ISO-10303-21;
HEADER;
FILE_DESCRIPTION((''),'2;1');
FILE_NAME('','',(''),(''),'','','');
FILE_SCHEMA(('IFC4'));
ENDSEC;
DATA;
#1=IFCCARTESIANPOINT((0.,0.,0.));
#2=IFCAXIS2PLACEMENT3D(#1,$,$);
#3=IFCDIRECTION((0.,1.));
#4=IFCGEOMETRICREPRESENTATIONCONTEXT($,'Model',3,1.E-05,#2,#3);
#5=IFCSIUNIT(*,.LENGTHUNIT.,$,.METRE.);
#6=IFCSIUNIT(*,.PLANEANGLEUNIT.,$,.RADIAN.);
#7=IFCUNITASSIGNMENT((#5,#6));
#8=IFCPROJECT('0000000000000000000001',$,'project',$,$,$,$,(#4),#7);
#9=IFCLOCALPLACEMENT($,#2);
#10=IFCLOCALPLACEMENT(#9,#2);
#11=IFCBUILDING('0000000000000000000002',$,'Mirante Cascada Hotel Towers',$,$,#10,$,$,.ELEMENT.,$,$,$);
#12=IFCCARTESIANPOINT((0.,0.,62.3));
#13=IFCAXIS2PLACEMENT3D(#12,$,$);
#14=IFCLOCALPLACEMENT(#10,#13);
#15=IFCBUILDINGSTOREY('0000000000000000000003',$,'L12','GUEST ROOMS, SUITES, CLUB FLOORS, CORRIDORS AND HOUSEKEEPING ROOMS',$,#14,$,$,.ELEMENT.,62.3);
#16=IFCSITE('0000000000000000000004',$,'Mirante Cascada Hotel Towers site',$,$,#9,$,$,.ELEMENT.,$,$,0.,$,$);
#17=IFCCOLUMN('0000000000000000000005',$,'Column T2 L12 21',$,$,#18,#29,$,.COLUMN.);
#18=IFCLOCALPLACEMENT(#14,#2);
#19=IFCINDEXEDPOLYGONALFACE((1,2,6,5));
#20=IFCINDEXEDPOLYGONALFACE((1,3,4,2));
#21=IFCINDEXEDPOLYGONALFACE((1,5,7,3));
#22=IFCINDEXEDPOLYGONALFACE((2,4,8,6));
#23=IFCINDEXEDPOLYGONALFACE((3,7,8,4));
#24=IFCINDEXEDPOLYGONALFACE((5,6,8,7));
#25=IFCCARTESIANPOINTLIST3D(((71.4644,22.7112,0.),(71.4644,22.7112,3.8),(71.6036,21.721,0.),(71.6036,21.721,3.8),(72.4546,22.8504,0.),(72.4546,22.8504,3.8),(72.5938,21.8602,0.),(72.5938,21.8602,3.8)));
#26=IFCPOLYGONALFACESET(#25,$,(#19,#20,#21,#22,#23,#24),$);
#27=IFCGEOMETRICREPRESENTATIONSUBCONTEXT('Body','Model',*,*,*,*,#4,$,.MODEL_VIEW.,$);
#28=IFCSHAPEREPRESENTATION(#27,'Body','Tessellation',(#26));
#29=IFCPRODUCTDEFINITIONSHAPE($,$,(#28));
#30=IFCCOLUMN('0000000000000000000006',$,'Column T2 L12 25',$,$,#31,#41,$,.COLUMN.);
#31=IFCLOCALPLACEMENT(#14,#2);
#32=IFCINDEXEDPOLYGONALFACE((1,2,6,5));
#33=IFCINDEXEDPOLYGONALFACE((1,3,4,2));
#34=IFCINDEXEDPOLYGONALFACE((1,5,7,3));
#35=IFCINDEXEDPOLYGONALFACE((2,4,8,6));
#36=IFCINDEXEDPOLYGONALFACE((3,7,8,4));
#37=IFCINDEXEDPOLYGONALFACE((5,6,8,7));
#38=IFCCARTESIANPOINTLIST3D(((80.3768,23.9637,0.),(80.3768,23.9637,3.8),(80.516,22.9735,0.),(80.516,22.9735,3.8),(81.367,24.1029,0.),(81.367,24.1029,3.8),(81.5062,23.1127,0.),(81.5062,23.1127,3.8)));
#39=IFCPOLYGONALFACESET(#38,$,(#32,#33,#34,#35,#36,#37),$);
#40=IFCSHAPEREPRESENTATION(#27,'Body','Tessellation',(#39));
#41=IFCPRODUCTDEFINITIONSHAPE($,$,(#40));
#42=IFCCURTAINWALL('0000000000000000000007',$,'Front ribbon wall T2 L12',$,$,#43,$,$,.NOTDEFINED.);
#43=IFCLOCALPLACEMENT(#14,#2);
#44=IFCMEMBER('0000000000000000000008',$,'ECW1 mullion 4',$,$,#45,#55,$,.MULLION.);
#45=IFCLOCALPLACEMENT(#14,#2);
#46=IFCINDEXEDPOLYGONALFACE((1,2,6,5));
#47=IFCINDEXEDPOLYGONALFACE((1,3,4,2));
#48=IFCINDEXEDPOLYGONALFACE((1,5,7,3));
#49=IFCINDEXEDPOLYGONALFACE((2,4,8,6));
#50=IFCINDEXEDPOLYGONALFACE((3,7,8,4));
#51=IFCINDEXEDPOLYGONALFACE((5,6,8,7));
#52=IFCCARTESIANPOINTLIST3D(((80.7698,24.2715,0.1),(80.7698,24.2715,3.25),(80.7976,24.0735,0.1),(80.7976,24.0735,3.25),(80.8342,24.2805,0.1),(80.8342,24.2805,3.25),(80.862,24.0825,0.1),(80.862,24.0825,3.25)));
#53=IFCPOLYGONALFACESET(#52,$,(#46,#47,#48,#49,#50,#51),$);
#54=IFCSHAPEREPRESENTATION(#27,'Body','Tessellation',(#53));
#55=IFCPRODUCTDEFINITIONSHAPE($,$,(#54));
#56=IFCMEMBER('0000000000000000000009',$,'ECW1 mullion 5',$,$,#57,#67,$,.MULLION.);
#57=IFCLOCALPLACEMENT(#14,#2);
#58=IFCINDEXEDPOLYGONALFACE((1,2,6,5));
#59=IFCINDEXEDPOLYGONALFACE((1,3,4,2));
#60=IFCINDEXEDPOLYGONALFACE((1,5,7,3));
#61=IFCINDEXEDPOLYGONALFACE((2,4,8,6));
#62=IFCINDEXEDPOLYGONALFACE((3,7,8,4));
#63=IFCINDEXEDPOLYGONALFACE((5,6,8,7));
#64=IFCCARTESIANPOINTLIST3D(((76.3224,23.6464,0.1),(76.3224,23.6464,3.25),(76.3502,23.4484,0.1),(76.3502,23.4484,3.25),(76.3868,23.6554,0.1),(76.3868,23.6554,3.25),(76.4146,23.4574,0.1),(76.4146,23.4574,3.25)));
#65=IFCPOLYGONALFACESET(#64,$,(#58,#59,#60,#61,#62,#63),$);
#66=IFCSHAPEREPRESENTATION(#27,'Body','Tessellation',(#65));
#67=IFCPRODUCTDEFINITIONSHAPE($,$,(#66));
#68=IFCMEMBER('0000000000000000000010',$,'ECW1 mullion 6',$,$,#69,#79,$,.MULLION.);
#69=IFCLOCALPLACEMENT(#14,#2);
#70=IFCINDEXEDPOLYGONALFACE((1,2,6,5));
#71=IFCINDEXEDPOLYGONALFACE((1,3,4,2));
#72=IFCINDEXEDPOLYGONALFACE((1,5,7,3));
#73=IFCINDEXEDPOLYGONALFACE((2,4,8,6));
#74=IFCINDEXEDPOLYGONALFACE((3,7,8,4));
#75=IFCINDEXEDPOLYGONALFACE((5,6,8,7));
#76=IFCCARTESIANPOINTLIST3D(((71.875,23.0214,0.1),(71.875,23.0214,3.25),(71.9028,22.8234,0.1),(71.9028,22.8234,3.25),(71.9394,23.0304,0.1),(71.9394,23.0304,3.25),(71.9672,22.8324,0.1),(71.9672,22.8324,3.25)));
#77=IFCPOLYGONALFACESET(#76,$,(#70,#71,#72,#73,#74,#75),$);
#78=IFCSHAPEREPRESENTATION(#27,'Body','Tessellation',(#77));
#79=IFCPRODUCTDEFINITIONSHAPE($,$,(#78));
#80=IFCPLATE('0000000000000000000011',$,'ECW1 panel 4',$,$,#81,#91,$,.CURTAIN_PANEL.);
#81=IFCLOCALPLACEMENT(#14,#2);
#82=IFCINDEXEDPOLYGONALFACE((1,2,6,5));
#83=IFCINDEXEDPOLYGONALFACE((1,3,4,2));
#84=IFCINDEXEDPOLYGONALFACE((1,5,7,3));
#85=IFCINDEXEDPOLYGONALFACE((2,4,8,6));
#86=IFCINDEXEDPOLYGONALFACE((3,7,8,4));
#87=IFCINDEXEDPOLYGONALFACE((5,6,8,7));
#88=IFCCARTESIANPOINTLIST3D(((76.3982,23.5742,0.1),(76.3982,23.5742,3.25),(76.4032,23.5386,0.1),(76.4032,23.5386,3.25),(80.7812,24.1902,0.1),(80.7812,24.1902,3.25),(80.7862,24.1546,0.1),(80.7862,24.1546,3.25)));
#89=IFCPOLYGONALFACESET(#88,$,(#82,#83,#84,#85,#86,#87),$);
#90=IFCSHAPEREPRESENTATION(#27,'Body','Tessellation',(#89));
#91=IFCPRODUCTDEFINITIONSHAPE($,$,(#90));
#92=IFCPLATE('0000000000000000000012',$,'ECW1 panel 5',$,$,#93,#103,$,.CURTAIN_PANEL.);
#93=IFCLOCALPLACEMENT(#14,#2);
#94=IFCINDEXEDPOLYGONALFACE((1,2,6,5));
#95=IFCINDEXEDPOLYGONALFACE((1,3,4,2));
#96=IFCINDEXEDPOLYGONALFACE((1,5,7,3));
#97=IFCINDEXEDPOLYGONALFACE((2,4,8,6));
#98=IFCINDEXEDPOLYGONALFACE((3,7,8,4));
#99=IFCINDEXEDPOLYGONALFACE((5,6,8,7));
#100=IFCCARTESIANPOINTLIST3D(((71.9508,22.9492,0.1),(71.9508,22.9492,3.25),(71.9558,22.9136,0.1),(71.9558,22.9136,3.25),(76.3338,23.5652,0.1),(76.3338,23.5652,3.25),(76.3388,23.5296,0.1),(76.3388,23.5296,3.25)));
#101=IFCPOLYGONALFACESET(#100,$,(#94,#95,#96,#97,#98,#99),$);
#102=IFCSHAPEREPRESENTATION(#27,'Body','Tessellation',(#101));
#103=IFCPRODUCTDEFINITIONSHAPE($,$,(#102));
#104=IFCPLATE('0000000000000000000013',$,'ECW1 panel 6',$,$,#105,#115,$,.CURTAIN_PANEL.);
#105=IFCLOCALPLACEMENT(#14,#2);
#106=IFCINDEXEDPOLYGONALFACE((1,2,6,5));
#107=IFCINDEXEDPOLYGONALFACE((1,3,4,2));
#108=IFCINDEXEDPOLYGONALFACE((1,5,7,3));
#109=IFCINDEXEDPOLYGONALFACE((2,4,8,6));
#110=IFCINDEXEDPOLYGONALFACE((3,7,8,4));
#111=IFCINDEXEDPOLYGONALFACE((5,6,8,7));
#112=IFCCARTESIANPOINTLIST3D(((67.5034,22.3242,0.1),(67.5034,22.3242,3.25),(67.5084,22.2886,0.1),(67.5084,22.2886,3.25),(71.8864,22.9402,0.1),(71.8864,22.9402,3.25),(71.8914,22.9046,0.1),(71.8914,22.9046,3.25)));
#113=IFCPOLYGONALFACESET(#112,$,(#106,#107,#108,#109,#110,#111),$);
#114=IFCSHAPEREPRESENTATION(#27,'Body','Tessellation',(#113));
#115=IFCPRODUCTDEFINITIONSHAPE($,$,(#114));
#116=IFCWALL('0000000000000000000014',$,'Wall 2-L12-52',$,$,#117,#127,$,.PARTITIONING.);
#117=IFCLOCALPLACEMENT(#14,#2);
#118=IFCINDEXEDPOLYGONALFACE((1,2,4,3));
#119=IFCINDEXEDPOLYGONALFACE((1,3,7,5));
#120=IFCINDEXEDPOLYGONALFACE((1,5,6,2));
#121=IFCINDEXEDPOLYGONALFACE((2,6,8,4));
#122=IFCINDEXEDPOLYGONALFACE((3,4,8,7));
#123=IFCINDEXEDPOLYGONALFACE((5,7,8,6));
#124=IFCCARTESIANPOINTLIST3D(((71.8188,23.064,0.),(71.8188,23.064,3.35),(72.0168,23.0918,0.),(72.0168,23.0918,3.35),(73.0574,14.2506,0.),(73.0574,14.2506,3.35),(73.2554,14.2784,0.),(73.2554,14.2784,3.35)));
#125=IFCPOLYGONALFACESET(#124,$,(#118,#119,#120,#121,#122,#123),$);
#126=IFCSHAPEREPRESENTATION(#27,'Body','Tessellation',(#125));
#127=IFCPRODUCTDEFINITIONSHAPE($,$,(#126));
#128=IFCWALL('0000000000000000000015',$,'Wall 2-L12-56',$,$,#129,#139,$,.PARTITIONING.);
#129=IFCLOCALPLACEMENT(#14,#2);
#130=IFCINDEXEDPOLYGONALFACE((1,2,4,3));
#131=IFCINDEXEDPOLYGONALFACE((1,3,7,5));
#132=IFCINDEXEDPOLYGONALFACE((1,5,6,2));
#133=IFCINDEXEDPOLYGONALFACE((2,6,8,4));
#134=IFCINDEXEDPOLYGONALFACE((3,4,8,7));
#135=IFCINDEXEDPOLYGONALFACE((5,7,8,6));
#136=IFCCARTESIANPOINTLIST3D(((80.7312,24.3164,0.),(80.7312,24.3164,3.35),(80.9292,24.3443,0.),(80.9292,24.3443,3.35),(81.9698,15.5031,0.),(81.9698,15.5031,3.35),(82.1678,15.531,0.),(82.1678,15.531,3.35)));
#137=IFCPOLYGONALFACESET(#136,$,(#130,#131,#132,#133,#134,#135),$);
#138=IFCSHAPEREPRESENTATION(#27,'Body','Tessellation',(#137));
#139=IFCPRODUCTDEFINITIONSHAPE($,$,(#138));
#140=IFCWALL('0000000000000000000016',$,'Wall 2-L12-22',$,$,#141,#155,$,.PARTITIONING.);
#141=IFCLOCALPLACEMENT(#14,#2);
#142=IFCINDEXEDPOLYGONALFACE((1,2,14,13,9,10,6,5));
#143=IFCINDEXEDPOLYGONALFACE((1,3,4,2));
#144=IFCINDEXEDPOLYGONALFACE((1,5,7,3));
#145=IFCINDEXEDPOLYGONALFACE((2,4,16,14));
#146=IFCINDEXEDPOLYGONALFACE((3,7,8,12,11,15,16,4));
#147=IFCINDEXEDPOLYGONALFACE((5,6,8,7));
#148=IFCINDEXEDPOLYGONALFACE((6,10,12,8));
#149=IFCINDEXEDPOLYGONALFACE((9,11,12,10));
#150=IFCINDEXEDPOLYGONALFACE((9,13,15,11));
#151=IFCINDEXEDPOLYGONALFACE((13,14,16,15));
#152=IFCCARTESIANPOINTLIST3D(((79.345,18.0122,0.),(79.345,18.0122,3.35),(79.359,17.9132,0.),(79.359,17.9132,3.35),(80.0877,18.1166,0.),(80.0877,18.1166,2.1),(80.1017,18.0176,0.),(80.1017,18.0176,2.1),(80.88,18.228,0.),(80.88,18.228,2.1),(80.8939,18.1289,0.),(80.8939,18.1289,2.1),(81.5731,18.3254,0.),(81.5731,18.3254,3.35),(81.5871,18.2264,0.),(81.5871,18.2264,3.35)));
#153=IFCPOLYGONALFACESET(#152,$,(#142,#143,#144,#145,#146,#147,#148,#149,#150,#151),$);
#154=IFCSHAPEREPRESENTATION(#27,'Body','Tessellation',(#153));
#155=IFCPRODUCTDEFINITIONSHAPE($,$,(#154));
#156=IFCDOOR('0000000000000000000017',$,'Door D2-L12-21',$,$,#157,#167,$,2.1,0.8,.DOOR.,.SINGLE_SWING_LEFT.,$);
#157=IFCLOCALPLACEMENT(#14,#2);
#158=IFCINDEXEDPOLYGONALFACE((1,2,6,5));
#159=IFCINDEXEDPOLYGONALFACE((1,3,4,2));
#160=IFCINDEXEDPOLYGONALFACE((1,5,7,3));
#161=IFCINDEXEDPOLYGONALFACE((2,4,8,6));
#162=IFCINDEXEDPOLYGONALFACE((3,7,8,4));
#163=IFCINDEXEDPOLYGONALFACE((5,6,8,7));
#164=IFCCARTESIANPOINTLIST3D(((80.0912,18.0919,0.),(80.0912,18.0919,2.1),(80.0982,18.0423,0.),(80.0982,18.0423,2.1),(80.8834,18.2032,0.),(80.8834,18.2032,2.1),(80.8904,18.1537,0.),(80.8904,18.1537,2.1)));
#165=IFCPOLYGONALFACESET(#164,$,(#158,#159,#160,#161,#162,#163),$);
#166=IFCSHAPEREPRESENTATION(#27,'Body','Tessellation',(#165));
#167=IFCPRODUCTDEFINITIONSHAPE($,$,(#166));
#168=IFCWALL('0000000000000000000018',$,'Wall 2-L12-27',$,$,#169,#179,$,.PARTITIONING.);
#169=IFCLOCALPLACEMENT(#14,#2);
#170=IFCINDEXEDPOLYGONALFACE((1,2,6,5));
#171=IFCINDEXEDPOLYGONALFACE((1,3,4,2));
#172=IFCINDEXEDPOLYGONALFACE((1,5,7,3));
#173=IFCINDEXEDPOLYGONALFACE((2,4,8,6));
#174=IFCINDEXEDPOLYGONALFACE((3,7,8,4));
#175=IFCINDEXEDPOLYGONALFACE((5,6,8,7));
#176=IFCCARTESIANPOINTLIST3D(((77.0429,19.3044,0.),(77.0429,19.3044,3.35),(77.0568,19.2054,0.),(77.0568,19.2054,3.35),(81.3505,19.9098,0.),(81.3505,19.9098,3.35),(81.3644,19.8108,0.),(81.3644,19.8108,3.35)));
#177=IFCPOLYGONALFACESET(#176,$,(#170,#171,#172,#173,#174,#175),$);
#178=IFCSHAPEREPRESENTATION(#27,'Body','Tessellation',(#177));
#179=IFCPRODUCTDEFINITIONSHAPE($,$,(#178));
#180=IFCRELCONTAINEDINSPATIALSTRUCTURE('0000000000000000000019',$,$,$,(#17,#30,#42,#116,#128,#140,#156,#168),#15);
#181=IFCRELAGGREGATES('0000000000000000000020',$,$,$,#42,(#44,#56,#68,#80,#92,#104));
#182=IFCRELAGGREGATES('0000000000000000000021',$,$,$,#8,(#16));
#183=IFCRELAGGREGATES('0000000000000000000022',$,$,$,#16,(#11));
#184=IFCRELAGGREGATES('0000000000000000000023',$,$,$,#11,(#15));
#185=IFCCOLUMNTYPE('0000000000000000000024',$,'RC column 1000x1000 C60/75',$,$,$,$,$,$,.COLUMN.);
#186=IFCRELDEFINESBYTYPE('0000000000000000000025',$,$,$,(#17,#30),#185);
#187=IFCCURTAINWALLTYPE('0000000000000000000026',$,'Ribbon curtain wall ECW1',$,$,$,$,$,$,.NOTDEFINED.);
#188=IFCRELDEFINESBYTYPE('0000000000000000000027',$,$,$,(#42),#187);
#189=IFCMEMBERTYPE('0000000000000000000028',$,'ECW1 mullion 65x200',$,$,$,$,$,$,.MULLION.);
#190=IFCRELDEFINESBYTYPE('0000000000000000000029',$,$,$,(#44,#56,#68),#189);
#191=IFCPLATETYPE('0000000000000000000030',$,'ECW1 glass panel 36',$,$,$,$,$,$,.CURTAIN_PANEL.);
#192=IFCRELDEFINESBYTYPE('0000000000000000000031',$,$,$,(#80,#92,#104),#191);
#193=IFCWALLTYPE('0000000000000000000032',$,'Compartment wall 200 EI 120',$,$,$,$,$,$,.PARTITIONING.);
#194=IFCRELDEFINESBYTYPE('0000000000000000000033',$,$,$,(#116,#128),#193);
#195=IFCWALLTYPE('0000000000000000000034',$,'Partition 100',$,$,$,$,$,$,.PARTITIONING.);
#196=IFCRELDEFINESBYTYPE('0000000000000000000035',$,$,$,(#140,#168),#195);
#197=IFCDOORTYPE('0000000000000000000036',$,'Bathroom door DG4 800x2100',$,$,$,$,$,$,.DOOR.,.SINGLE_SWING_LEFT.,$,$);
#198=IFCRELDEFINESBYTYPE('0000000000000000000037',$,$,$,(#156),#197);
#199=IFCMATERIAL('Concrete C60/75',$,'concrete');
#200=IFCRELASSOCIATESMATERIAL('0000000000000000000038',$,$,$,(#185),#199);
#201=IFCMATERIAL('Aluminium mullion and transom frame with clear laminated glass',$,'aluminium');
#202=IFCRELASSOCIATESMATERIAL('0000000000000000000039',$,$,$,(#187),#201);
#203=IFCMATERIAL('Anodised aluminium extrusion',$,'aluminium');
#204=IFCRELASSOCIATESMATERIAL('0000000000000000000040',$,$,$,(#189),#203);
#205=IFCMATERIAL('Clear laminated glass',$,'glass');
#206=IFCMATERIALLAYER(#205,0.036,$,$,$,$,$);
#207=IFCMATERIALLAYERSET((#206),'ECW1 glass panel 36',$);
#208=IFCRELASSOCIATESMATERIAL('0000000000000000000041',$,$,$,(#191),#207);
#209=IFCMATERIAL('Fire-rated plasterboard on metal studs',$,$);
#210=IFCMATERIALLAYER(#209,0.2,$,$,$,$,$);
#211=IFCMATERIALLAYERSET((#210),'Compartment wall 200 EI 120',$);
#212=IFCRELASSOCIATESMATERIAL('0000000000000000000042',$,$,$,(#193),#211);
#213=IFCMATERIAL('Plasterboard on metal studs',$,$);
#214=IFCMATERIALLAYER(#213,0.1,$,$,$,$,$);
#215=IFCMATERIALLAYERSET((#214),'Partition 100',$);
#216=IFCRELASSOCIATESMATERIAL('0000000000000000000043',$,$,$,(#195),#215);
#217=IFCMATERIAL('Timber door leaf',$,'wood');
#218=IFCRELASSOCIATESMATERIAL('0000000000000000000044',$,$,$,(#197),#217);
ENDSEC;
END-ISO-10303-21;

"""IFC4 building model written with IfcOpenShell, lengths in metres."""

from ifc_helpers import new_model, si_unit, direction, frame, frame_2d, origin, origin_2d, place, context, subcontext, project, spatial, rectangle, extrude, material, layer, layer_set, material_profile, profile_set, type_object, element, fill, aggregate, save


model = new_model("IFC4")

# Units and contexts
model_context = context("Model", 3, precision=1e-05, world=origin(), true_north=direction((0.0, 1.0)))
body_context = subcontext(model_context, "Body", "Model", "MODEL_VIEW")
ifc_project = project(units=[si_unit("LENGTHUNIT", "METRE"), si_unit("PLANEANGLEUNIT", "RADIAN")], contexts=[model_context])

# Site, building, storey
site_placement = place(None, origin())
site = spatial("IfcSite", under=ifc_project, at=site_placement, Name="Mirante Cascada Hotel Towers site", CompositionType="ELEMENT", RefElevation=0.0)
building_placement = place(site_placement, origin())
building = spatial("IfcBuilding", under=site, at=building_placement, Name="Mirante Cascada Hotel Towers", CompositionType="ELEMENT")
storey_placement = place(building_placement, frame((0.0, 0.0, 62.3)))
storey = spatial("IfcBuildingStorey", under=building, at=storey_placement, Name="L12", Description="GUEST ROOMS, SUITES, CLUB FLOORS, CORRIDORS AND HOUSEKEEPING ROOMS", CompositionType="ELEMENT", Elevation=62.3)

# Columns
ifc_material_1 = material(Name="Concrete C60/75", Category="concrete")
ifc_material_profile_1 = material_profile(ifc_material_1, rectangle(XDim=1.0, YDim=1.0, at=origin_2d()), Name="RC column 1000x1000 C60/75")
ifc_profile_set_1 = profile_set([ifc_material_profile_1], Name="Concrete C60/75")
column_type = type_object("IfcColumnType", Name="RC column 1000x1000 C60/75", PredefinedType="COLUMN", material=ifc_profile_set_1)
for number, where, z_axis, x_axis, name in (
    (1, (72.0291, 22.2857, 0.0), (0.0, 0.0, 1.0), (0.990268, 0.139173, 0.0), "Column T2 L12 21"),
    (2, (80.9415, 23.5382, 0.0), (0.0, 0.0, 1.0), (0.990268, 0.139173, 0.0), "Column T2 L12 25"),
):
    element("IfcColumn", number, at=place(storey_placement, frame(where, z_axis=z_axis, x_axis=x_axis)), inside=storey, type_object=column_type, Name=name, PredefinedType="COLUMN", context=body_context, shape_type="SweptSolid", body=[
        extrude(rectangle(XDim=1.0, YDim=1.0, at=origin_2d()), origin(), (0.0, 0.0, 1.0), 3.8),
    ])

# Curtain wall, members, plates
ifc_material_2 = material(Name="Aluminium mullion and transom frame with clear laminated glass", Category="aluminium")
curtain_wall_type = type_object("IfcCurtainWallType", Name="Ribbon curtain wall ECW1", PredefinedType="NOTDEFINED", material=ifc_material_2)
curtain_wall_placement = place(storey_placement, origin())
curtain_wall = element("IfcCurtainWall", 3, at=curtain_wall_placement, inside=storey, type_object=curtain_wall_type, Name="Front ribbon wall T2 L12", PredefinedType="NOTDEFINED")
ifc_material_3 = material(Name="Anodised aluminium extrusion", Category="aluminium")
ifc_material_profile_2 = material_profile(ifc_material_3, rectangle(XDim=0.2, YDim=0.065, at=origin_2d()), Name="ECW1 MULLION 65x200")
ifc_profile_set_2 = profile_set([ifc_material_profile_2], Name="Anodised aluminium extrusion")
member_type = type_object("IfcMemberType", Name="ECW1 mullion 65x200", PredefinedType="MULLION", material=ifc_profile_set_2)
member_1_placement = place(storey_placement, frame((80.8159, 24.177, 0.1), z_axis=(0.0, 0.0, 1.0), x_axis=(0.139173, -0.990268, 0.0)))
member_1 = element("IfcMember", 4, at=member_1_placement, type_object=member_type, Name="ECW1 mullion 4", PredefinedType="MULLION", context=body_context, shape_type="SweptSolid", body=[
    extrude(rectangle(XDim=0.2, YDim=0.065, at=origin_2d()), origin(), (0.0, 0.0, 1.0), 3.15),
])
member_2_placement = place(storey_placement, frame((76.3685, 23.5519, 0.1), z_axis=(0.0, 0.0, 1.0), x_axis=(0.139173, -0.990268, 0.0)))
member_2 = element("IfcMember", 5, at=member_2_placement, type_object=member_type, Name="ECW1 mullion 5", PredefinedType="MULLION", context=body_context, shape_type="SweptSolid", body=[
    extrude(rectangle(XDim=0.2, YDim=0.065, at=origin_2d()), origin(), (0.0, 0.0, 1.0), 3.15),
])
member_3_placement = place(storey_placement, frame((71.9211, 22.9269, 0.1), z_axis=(0.0, 0.0, 1.0), x_axis=(0.139173, -0.990268, 0.0)))
member_3 = element("IfcMember", 6, at=member_3_placement, type_object=member_type, Name="ECW1 mullion 6", PredefinedType="MULLION", context=body_context, shape_type="SweptSolid", body=[
    extrude(rectangle(XDim=0.2, YDim=0.065, at=origin_2d()), origin(), (0.0, 0.0, 1.0), 3.15),
])
ifc_material_4 = material(Name="Clear laminated glass", Category="glass")
ifc_layer_1 = layer(ifc_material_4, 0.036)
ifc_layer_set_1 = layer_set([ifc_layer_1], Name="ECW1 glass panel 36")
plate_type = type_object("IfcPlateType", Name="ECW1 glass panel 36", PredefinedType="CURTAIN_PANEL", material=ifc_layer_set_1)
plate_1_placement = place(storey_placement, frame((78.5922, 23.8644, 0.1), z_axis=(0.0, 0.0, 1.0), x_axis=(-0.990268, -0.139173, 0.0)))
plate_1 = element("IfcPlate", 7, at=plate_1_placement, type_object=plate_type, Name="ECW1 panel 4", PredefinedType="CURTAIN_PANEL", context=body_context, shape_type="SweptSolid", body=[
    extrude(rectangle(XDim=4.4261, YDim=0.036, at=origin_2d()), origin(), (0.0, 0.0, 1.0), 3.15),
])
plate_2_placement = place(storey_placement, frame((74.1448, 23.2394, 0.1), z_axis=(0.0, 0.0, 1.0), x_axis=(-0.990268, -0.139173, 0.0)))
plate_2 = element("IfcPlate", 8, at=plate_2_placement, type_object=plate_type, Name="ECW1 panel 5", PredefinedType="CURTAIN_PANEL", context=body_context, shape_type="SweptSolid", body=[
    extrude(rectangle(XDim=4.4261, YDim=0.036, at=origin_2d()), origin(), (0.0, 0.0, 1.0), 3.15),
])
plate_3_placement = place(storey_placement, frame((69.6974, 22.6144, 0.1), z_axis=(0.0, 0.0, 1.0), x_axis=(-0.990268, -0.139173, 0.0)))
plate_3 = element("IfcPlate", 9, at=plate_3_placement, type_object=plate_type, Name="ECW1 panel 6", PredefinedType="CURTAIN_PANEL", context=body_context, shape_type="SweptSolid", body=[
    extrude(rectangle(XDim=4.4261, YDim=0.036, at=origin_2d()), origin(), (0.0, 0.0, 1.0), 3.15),
])
aggregate(curtain_wall, [member_1, member_2, member_3, plate_1, plate_2, plate_3])

# Walls
ifc_material_5 = material(Name="Fire-rated plasterboard on metal studs")
ifc_layer_2 = layer(ifc_material_5, 0.2)
ifc_layer_set_2 = layer_set([ifc_layer_2], Name="Compartment wall 200 EI 120")
wall_type_1 = type_object("IfcWallType", Name="Compartment wall 200 EI 120", PredefinedType="PARTITIONING", material=ifc_layer_set_2)
wall_1_placement = place(storey_placement, frame((71.9178, 23.0779, 0.0), z_axis=(0.0, 0.0, 1.0), x_axis=(0.139168, -0.990269, 0.0)))
element("IfcWall", 10, at=wall_1_placement, inside=storey, type_object=wall_type_1, Name="Wall 2-L12-52", PredefinedType="PARTITIONING", context=body_context, shape_type="SweptSolid", body=[
    extrude(rectangle(XDim=8.9, YDim=0.2, at=frame_2d((4.45, 0.0))), origin(), (0.0, 0.0, 1.0), 3.35),
])
wall_2_placement = place(storey_placement, frame((80.8302, 24.3304, 0.0), z_axis=(0.0, 0.0, 1.0), x_axis=(0.13917, -0.990268, 0.0)))
element("IfcWall", 11, at=wall_2_placement, inside=storey, type_object=wall_type_1, Name="Wall 2-L12-56", PredefinedType="PARTITIONING", context=body_context, shape_type="SweptSolid", body=[
    extrude(rectangle(XDim=8.8999, YDim=0.2, at=frame_2d((4.45, 0.0))), origin(), (0.0, 0.0, 1.0), 3.35),
])

# Wall, opening, door
ifc_material_6 = material(Name="Plasterboard on metal studs")
ifc_layer_3 = layer(ifc_material_6, 0.1)
ifc_layer_set_3 = layer_set([ifc_layer_3], Name="Partition 100")
wall_type_2 = type_object("IfcWallType", Name="Partition 100", PredefinedType="PARTITIONING", material=ifc_layer_set_3)
wall_3_placement = place(storey_placement, frame((81.5801, 18.2759, 0.0), z_axis=(0.0, 0.0, 1.0), x_axis=(-0.990264, -0.1392, 0.0)))
wall_3 = element("IfcWall", 12, at=wall_3_placement, inside=storey, type_object=wall_type_2, Name="Wall 2-L12-22", PredefinedType="PARTITIONING", context=body_context, shape_type="SweptSolid", body=[
    extrude(rectangle(XDim=2.25, YDim=0.1, at=frame_2d((1.125, 0.0))), origin(), (0.0, 0.0, 1.0), 3.35),
])
opening_1_placement = place(wall_3_placement, frame((0.7, 0.0, 0.0)))
opening_1 = element("IfcOpeningElement", 13, at=opening_1_placement, cuts=wall_3, PredefinedType="OPENING", context=body_context, shape_type="SweptSolid", body=[
    extrude(rectangle(XDim=0.8, YDim=2.1, at=frame_2d((0.4, 1.05))), frame((0.0, 0.05, 0.0), z_axis=(0.0, -1.0, 0.0), x_axis=(1.0, 0.0, 0.0)), (0.0, 0.0, 1.0), 0.1),
])
ifc_material_7 = material(Name="Timber door leaf", Category="wood")
door_type = type_object("IfcDoorType", Name="Bathroom door DG4 800x2100", OperationType="SINGLE_SWING_LEFT", PredefinedType="DOOR", material=ifc_material_7)
door_1_placement = place(opening_1_placement, origin())
door_1 = element("IfcDoor", 14, at=door_1_placement, inside=storey, type_object=door_type, Name="Door D2-L12-21", OperationType="SINGLE_SWING_LEFT", OverallHeight=2.1, OverallWidth=0.8, PredefinedType="DOOR", context=body_context, shape_type="SweptSolid", body=[
    extrude(rectangle(XDim=0.8, YDim=2.1, at=frame_2d((0.4, 1.05))), frame((0.0, 0.025, 0.0), z_axis=(0.0, -1.0, 0.0), x_axis=(1.0, 0.0, 0.0)), (0.0, 0.0, 1.0), 0.05),
])
fill(opening_1, door_1)

# Wall
wall_4_placement = place(storey_placement, frame((77.0498, 19.2549, 0.0), z_axis=(0.0, 0.0, 1.0), x_axis=(0.990268, 0.139175, 0.0)))
element("IfcWall", 15, at=wall_4_placement, inside=storey, type_object=wall_type_2, Name="Wall 2-L12-27", PredefinedType="PARTITIONING", context=body_context, shape_type="SweptSolid", body=[
    extrude(rectangle(XDim=4.3499, YDim=0.1, at=frame_2d((2.175, 0.0))), origin(), (0.0, 0.0, 1.0), 3.35),
])

save(model, "model.ifc")
